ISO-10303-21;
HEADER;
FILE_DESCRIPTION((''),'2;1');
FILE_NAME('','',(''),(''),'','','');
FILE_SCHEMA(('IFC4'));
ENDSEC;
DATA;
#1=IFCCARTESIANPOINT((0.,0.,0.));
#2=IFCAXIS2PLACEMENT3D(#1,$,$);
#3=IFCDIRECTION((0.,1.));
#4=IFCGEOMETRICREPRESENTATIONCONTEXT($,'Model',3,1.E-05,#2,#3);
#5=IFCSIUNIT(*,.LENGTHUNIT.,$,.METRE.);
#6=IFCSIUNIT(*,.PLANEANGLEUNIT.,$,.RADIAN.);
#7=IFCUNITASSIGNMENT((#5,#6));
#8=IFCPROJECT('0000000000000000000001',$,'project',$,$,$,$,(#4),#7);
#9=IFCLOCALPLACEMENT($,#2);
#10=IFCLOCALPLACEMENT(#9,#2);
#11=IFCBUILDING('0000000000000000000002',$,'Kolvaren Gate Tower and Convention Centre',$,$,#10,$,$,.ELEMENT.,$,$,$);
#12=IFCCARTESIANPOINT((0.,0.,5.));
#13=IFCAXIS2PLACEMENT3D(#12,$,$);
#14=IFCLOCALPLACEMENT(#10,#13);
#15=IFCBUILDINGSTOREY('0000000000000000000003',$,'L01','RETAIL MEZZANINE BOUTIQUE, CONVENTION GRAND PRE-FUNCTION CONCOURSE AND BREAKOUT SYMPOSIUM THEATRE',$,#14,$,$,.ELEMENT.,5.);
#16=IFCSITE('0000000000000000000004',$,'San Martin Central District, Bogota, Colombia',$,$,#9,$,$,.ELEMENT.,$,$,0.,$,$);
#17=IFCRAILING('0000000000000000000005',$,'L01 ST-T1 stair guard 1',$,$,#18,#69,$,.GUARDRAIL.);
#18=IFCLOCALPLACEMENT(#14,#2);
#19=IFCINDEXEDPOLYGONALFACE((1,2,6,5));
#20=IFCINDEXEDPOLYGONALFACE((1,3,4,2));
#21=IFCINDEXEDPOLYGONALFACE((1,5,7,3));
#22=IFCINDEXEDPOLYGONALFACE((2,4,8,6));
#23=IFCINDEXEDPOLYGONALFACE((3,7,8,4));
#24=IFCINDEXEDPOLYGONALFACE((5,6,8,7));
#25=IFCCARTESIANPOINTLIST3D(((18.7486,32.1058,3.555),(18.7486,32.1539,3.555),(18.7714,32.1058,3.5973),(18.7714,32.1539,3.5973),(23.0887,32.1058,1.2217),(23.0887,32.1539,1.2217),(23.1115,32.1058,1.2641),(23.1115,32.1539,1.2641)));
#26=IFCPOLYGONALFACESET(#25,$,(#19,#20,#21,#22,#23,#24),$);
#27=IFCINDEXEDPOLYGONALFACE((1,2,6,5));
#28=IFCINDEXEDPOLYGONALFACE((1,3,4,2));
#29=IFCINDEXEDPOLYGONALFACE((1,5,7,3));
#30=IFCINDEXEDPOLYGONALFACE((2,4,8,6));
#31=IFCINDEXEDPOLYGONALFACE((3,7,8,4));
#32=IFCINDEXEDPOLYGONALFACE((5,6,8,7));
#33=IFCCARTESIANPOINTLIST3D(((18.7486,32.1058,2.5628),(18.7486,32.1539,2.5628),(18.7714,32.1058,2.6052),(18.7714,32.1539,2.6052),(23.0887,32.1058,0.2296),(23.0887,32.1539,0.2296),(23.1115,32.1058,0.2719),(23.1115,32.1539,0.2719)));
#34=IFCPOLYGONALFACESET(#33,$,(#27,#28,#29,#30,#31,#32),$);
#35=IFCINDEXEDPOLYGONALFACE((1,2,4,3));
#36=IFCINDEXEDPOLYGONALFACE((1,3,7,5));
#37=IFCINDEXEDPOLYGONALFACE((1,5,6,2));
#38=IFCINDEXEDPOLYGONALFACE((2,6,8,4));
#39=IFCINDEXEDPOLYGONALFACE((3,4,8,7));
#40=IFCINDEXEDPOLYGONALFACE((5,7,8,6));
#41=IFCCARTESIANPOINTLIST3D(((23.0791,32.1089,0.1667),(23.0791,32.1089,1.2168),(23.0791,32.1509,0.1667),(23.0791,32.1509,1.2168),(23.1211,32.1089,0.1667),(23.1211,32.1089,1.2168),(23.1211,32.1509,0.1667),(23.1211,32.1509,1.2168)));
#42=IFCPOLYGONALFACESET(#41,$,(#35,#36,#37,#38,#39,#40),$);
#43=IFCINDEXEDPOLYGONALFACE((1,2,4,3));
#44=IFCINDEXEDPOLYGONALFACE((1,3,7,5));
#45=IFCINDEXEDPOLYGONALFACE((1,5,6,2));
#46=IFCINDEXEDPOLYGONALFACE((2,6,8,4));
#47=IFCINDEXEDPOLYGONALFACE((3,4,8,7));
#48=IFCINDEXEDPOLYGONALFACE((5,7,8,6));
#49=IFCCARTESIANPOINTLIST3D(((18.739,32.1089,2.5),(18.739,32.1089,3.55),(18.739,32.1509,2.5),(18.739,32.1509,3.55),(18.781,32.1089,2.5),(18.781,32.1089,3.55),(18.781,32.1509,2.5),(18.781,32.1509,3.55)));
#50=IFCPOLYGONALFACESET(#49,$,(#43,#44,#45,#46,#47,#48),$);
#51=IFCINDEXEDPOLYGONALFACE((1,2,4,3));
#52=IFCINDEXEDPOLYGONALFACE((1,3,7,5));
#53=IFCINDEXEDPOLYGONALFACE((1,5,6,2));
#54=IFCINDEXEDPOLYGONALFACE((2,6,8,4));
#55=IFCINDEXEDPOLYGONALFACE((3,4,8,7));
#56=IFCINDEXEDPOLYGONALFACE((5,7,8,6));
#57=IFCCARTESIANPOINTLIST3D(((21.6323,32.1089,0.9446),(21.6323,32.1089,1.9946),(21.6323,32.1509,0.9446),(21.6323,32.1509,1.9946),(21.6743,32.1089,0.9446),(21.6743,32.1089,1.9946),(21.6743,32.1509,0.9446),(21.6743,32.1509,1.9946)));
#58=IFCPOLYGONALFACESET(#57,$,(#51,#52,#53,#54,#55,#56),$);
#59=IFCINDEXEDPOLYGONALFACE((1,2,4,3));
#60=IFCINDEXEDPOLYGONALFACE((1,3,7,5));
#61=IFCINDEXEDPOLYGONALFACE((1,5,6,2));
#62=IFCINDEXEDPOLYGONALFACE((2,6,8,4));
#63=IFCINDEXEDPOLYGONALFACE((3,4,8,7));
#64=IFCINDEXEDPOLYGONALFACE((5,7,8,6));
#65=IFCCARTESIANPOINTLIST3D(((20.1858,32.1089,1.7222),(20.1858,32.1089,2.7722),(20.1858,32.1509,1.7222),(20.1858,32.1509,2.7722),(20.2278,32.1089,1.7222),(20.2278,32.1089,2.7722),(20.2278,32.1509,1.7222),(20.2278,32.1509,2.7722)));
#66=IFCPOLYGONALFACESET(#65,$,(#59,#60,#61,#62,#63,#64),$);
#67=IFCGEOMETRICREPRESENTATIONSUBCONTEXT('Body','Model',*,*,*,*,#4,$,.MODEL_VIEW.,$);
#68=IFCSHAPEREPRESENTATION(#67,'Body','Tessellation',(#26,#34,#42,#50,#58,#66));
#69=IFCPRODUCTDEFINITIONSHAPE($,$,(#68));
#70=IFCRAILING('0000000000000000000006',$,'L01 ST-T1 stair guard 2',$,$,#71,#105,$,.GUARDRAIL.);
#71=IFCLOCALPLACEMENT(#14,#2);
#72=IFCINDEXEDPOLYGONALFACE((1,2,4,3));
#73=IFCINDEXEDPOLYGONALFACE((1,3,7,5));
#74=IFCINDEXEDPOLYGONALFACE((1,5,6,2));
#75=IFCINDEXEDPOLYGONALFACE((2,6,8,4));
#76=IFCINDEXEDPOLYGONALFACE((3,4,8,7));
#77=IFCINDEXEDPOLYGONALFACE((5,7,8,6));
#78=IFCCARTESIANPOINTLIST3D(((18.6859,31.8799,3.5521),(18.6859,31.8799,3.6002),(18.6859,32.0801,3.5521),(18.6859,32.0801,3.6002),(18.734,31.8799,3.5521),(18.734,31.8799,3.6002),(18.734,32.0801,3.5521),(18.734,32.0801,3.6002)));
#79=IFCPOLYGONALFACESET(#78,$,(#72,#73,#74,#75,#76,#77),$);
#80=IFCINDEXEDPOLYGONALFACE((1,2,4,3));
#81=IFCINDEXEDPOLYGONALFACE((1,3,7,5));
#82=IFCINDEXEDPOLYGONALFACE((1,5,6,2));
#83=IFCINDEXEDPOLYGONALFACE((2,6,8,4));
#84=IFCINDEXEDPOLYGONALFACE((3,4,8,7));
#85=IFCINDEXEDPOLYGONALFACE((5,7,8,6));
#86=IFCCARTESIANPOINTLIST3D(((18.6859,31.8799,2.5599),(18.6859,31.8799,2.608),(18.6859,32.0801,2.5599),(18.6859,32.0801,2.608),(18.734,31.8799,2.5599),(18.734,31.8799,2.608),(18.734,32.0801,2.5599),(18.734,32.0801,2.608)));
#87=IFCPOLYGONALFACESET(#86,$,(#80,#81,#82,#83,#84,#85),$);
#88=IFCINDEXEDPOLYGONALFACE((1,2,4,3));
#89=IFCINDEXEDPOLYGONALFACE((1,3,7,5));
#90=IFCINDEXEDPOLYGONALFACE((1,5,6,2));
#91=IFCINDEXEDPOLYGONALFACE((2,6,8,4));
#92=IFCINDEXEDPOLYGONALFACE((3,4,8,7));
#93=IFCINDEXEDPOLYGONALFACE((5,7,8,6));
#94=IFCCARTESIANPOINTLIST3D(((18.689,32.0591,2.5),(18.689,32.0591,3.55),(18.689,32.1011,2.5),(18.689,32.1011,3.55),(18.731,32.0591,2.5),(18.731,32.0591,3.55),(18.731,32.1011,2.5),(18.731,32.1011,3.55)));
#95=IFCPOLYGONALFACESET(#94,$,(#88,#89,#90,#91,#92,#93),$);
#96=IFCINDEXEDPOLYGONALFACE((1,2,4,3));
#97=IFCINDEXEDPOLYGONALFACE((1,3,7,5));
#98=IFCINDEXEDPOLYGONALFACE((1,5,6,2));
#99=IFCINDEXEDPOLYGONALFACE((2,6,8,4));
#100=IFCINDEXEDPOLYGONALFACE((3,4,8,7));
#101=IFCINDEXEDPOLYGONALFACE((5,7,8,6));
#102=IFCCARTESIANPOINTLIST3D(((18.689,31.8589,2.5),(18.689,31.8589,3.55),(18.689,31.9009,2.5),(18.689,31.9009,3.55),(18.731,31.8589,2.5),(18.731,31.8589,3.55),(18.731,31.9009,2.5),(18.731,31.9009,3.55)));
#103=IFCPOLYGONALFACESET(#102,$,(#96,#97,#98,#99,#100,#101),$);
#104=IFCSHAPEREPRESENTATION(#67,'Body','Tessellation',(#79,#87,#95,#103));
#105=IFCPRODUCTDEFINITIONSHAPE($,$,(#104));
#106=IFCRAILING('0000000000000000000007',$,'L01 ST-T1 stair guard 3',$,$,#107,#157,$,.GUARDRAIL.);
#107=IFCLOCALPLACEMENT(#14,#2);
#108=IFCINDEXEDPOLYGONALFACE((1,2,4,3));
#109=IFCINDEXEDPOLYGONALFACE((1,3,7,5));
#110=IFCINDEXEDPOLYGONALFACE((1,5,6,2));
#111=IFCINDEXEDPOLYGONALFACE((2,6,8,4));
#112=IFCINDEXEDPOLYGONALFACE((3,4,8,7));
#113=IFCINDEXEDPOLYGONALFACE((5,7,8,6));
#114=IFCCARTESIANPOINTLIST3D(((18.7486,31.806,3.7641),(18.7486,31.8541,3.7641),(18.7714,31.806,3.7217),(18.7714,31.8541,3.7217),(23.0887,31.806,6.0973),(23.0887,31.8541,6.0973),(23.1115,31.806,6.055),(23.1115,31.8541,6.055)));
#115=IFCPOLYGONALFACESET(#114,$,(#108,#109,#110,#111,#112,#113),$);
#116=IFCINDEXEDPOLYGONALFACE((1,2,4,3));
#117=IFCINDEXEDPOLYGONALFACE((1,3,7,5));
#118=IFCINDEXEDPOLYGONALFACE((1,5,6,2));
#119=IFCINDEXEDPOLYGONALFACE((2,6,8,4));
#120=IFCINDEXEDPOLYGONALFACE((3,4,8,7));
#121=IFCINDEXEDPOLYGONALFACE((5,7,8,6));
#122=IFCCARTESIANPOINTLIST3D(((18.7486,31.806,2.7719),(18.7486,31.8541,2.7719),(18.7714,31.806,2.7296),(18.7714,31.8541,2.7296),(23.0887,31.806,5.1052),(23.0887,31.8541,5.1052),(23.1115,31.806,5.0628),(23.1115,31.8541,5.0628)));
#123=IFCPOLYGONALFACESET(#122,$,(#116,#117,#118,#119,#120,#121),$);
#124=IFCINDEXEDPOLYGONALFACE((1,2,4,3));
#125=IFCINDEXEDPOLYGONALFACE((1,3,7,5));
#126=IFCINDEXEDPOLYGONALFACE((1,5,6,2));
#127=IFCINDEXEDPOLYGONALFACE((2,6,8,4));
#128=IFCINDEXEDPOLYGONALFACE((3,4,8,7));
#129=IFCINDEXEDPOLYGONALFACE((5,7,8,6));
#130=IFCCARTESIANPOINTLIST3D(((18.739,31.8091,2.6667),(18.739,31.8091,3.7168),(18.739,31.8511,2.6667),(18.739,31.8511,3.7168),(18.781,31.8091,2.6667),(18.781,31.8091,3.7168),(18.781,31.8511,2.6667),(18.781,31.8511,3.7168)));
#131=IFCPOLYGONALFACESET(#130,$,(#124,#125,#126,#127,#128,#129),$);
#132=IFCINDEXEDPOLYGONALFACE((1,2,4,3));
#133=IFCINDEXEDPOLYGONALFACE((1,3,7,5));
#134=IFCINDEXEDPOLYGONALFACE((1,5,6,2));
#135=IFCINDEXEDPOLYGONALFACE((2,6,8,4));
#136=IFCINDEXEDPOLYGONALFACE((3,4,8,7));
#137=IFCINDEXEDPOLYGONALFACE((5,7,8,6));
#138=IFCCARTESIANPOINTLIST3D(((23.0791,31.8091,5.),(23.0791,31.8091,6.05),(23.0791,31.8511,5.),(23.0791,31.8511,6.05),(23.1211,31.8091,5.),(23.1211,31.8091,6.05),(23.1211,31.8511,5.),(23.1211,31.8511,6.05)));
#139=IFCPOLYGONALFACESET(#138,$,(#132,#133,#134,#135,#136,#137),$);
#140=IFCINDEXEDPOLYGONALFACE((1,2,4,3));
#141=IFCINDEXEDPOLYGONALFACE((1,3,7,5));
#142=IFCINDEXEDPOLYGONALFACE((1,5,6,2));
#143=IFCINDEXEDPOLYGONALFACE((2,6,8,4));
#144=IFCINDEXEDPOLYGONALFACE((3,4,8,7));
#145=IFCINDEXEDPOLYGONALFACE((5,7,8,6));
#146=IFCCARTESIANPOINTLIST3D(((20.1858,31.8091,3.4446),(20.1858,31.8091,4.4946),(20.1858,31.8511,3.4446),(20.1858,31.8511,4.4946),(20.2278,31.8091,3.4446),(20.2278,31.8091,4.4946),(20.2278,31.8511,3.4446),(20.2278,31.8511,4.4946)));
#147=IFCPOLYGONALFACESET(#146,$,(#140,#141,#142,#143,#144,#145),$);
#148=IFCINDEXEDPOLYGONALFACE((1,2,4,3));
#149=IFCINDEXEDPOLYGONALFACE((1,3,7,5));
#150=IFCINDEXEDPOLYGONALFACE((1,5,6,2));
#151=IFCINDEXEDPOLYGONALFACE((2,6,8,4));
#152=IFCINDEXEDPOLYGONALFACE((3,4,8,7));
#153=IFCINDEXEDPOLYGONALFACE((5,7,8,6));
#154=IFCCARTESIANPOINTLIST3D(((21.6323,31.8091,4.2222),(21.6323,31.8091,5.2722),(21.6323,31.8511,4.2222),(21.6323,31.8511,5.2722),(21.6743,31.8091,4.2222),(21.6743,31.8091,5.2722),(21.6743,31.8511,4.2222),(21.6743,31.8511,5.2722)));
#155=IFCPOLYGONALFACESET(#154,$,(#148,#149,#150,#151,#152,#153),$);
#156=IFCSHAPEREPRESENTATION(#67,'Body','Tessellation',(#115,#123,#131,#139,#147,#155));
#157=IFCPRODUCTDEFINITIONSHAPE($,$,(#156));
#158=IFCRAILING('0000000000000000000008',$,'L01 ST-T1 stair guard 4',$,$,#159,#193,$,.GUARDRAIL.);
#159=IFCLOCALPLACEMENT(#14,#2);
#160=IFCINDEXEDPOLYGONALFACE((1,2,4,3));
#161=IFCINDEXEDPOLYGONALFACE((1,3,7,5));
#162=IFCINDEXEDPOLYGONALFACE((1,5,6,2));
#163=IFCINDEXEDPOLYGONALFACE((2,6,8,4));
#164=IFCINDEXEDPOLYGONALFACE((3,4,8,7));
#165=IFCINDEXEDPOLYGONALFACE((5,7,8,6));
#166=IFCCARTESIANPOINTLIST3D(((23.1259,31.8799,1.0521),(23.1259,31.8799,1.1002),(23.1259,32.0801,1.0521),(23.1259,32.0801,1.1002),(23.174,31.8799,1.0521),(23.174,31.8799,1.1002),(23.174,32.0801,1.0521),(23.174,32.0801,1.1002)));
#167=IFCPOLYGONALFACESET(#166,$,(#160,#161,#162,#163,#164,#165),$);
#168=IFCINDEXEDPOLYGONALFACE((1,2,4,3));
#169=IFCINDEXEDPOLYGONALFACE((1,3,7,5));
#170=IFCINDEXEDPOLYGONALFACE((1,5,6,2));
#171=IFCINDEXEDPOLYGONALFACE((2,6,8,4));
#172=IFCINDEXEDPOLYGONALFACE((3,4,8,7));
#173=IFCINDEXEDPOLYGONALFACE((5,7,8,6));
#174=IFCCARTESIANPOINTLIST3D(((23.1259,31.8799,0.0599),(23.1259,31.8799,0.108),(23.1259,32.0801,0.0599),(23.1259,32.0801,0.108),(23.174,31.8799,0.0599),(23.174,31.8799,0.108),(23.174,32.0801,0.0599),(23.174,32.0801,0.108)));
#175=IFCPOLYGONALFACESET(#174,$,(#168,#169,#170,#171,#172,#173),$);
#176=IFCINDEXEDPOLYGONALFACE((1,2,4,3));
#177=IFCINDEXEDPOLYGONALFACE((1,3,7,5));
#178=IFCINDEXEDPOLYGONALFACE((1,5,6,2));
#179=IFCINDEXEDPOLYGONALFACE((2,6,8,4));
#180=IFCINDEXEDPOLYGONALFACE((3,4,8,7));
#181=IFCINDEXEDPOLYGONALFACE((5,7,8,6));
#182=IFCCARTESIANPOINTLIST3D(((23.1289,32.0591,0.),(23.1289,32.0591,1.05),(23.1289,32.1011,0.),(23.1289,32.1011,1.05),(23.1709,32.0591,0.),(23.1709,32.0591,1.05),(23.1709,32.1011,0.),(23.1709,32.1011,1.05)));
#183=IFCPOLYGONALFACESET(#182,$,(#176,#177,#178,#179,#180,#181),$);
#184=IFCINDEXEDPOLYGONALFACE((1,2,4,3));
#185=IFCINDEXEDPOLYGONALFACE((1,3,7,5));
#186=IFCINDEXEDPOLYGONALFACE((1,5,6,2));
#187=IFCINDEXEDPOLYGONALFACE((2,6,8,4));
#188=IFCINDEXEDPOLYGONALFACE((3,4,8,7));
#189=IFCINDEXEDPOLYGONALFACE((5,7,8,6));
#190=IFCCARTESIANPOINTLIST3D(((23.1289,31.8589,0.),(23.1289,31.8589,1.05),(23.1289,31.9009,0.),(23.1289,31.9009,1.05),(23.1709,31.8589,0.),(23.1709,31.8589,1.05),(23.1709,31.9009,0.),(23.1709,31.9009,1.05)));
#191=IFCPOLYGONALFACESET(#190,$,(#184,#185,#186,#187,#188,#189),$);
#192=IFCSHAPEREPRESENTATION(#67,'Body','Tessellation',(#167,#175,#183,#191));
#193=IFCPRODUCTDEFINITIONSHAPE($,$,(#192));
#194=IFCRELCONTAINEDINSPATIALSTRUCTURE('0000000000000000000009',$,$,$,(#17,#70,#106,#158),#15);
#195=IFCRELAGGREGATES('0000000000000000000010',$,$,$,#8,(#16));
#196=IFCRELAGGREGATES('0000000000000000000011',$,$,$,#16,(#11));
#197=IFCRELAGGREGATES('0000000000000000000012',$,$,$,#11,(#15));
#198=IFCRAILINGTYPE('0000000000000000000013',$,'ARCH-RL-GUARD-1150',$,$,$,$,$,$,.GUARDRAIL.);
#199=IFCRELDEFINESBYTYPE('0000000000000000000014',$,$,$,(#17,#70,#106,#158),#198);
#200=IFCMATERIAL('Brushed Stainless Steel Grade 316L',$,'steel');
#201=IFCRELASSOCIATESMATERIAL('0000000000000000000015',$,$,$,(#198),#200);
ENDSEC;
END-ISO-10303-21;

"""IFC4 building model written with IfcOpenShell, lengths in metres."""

from ifc_helpers import new_model, si_unit, direction, frame, origin, origin_2d, place, context, subcontext, project, spatial, rectangle, extrude, material, type_object, element, save


model = new_model("IFC4")

# Units and contexts
model_context = context("Model", 3, precision=1e-05, world=origin(), true_north=direction((0.0, 1.0)))
body_context = subcontext(model_context, "Body", "Model", "MODEL_VIEW")
ifc_project = project(units=[si_unit("LENGTHUNIT", "METRE"), si_unit("PLANEANGLEUNIT", "RADIAN")], contexts=[model_context])

# Site, building, storey
site_placement = place(None, origin())
site = spatial("IfcSite", under=ifc_project, at=site_placement, Name="San Martin Central District, Bogota, Colombia", CompositionType="ELEMENT", RefElevation=0.0)
building_placement = place(site_placement, origin())
building = spatial("IfcBuilding", under=site, at=building_placement, Name="Kolvaren Gate Tower and Convention Centre", CompositionType="ELEMENT")
storey_placement = place(building_placement, frame((0.0, 0.0, 5.0)))
storey = spatial("IfcBuildingStorey", under=building, at=storey_placement, Name="L01", Description="RETAIL MEZZANINE BOUTIQUE, CONVENTION GRAND PRE-FUNCTION CONCOURSE AND BREAKOUT SYMPOSIUM THEATRE", CompositionType="ELEMENT", Elevation=5.0)

# Railings
ifc_material_1 = material(Name="Brushed Stainless Steel Grade 316L", Category="steel")
railing_type_1 = type_object("IfcRailingType", Name="ARCH-RL-GUARD-1150", PredefinedType="GUARDRAIL", material=ifc_material_1)
railing_1_placement = place(storey_placement, frame((23.1001, 32.1299, 0.1667)))
element("IfcRailing", 1, at=railing_1_placement, inside=storey, type_object=railing_type_1, Name="L01 ST-T1 stair guard 1", PredefinedType="GUARDRAIL", context=body_context, shape_type="SweptSolid", body=[
    extrude(rectangle(XDim=0.0481, YDim=0.0481, at=origin_2d()), frame((0.0, 0.0, 1.0762), z_axis=(-0.880786, 0.0, 0.473515), x_axis=(0.0, -1.0, 0.0)), (0.0, 0.0, 1.0), 4.9275),
    extrude(rectangle(XDim=0.0481, YDim=0.0481, at=origin_2d()), frame((0.0, 0.0, 0.084), z_axis=(-0.880786, 0.0, 0.473515), x_axis=(0.0, -1.0, 0.0)), (0.0, 0.0, 1.0), 4.9275),
    extrude(rectangle(XDim=0.042, YDim=0.042, at=origin_2d()), origin(), (0.0, 0.0, 1.0), 1.05),
    extrude(rectangle(XDim=0.042, YDim=0.042, at=origin_2d()), frame((-4.3401, 0.0, 2.3333)), (0.0, 0.0, 1.0), 1.05),
    extrude(rectangle(XDim=0.042, YDim=0.042, at=origin_2d()), frame((-1.4468, 0.0, 0.7778)), (0.0, 0.0, 1.0), 1.05),
    extrude(rectangle(XDim=0.042, YDim=0.042, at=origin_2d()), frame((-2.8933, 0.0, 1.5554)), (0.0, 0.0, 1.0), 1.05),
])
railing_2_placement = place(storey_placement, frame((18.71, 32.0801, 2.5)))
element("IfcRailing", 2, at=railing_2_placement, inside=storey, type_object=railing_type_1, Name="L01 ST-T1 stair guard 2", PredefinedType="GUARDRAIL", context=body_context, shape_type="SweptSolid", body=[
    extrude(rectangle(XDim=0.0481, YDim=0.0481, at=origin_2d()), frame((0.0, 0.0, 1.0762), z_axis=(0.0, -1.0, 0.0), x_axis=(1.0, 0.0, 0.0)), (0.0, 0.0, 1.0), 0.2002),
    extrude(rectangle(XDim=0.0481, YDim=0.0481, at=origin_2d()), frame((0.0, 0.0, 0.084), z_axis=(0.0, -1.0, 0.0), x_axis=(1.0, 0.0, 0.0)), (0.0, 0.0, 1.0), 0.2002),
    extrude(rectangle(XDim=0.042, YDim=0.042, at=origin_2d()), origin(), (0.0, 0.0, 1.0), 1.05),
    extrude(rectangle(XDim=0.042, YDim=0.042, at=origin_2d()), frame((0.0, -0.2002, 0.0)), (0.0, 0.0, 1.0), 1.05),
])
railing_3_placement = place(storey_placement, frame((18.76, 31.8301, 2.6667)))
element("IfcRailing", 3, at=railing_3_placement, inside=storey, type_object=railing_type_1, Name="L01 ST-T1 stair guard 3", PredefinedType="GUARDRAIL", context=body_context, shape_type="SweptSolid", body=[
    extrude(rectangle(XDim=0.0481, YDim=0.0481, at=origin_2d()), frame((0.0, 0.0, 1.0762), z_axis=(0.880786, 0.0, 0.473515), x_axis=(0.0, 1.0, 0.0)), (0.0, 0.0, 1.0), 4.9275),
    extrude(rectangle(XDim=0.0481, YDim=0.0481, at=origin_2d()), frame((0.0, 0.0, 0.084), z_axis=(0.880786, 0.0, 0.473515), x_axis=(0.0, 1.0, 0.0)), (0.0, 0.0, 1.0), 4.9275),
    extrude(rectangle(XDim=0.042, YDim=0.042, at=origin_2d()), origin(), (0.0, 0.0, 1.0), 1.05),
    extrude(rectangle(XDim=0.042, YDim=0.042, at=origin_2d()), frame((4.3401, 0.0, 2.3333)), (0.0, 0.0, 1.0), 1.05),
    extrude(rectangle(XDim=0.042, YDim=0.042, at=origin_2d()), frame((1.4468, 0.0, 0.7778)), (0.0, 0.0, 1.0), 1.05),
    extrude(rectangle(XDim=0.042, YDim=0.042, at=origin_2d()), frame((2.8933, 0.0, 1.5554)), (0.0, 0.0, 1.0), 1.05),
])
railing_4_placement = place(storey_placement, frame((23.1499, 32.0801, 0.0)))
element("IfcRailing", 4, at=railing_4_placement, inside=storey, type_object=railing_type_1, Name="L01 ST-T1 stair guard 4", PredefinedType="GUARDRAIL", context=body_context, shape_type="SweptSolid", body=[
    extrude(rectangle(XDim=0.0481, YDim=0.0481, at=origin_2d()), frame((0.0, 0.0, 1.0762), z_axis=(0.0, -1.0, 0.0), x_axis=(1.0, 0.0, 0.0)), (0.0, 0.0, 1.0), 0.2002),
    extrude(rectangle(XDim=0.0481, YDim=0.0481, at=origin_2d()), frame((0.0, 0.0, 0.084), z_axis=(0.0, -1.0, 0.0), x_axis=(1.0, 0.0, 0.0)), (0.0, 0.0, 1.0), 0.2002),
    extrude(rectangle(XDim=0.042, YDim=0.042, at=origin_2d()), origin(), (0.0, 0.0, 1.0), 1.05),
    extrude(rectangle(XDim=0.042, YDim=0.042, at=origin_2d()), frame((0.0, -0.2002, 0.0)), (0.0, 0.0, 1.0), 1.05),
])

save(model, "model.ifc")
